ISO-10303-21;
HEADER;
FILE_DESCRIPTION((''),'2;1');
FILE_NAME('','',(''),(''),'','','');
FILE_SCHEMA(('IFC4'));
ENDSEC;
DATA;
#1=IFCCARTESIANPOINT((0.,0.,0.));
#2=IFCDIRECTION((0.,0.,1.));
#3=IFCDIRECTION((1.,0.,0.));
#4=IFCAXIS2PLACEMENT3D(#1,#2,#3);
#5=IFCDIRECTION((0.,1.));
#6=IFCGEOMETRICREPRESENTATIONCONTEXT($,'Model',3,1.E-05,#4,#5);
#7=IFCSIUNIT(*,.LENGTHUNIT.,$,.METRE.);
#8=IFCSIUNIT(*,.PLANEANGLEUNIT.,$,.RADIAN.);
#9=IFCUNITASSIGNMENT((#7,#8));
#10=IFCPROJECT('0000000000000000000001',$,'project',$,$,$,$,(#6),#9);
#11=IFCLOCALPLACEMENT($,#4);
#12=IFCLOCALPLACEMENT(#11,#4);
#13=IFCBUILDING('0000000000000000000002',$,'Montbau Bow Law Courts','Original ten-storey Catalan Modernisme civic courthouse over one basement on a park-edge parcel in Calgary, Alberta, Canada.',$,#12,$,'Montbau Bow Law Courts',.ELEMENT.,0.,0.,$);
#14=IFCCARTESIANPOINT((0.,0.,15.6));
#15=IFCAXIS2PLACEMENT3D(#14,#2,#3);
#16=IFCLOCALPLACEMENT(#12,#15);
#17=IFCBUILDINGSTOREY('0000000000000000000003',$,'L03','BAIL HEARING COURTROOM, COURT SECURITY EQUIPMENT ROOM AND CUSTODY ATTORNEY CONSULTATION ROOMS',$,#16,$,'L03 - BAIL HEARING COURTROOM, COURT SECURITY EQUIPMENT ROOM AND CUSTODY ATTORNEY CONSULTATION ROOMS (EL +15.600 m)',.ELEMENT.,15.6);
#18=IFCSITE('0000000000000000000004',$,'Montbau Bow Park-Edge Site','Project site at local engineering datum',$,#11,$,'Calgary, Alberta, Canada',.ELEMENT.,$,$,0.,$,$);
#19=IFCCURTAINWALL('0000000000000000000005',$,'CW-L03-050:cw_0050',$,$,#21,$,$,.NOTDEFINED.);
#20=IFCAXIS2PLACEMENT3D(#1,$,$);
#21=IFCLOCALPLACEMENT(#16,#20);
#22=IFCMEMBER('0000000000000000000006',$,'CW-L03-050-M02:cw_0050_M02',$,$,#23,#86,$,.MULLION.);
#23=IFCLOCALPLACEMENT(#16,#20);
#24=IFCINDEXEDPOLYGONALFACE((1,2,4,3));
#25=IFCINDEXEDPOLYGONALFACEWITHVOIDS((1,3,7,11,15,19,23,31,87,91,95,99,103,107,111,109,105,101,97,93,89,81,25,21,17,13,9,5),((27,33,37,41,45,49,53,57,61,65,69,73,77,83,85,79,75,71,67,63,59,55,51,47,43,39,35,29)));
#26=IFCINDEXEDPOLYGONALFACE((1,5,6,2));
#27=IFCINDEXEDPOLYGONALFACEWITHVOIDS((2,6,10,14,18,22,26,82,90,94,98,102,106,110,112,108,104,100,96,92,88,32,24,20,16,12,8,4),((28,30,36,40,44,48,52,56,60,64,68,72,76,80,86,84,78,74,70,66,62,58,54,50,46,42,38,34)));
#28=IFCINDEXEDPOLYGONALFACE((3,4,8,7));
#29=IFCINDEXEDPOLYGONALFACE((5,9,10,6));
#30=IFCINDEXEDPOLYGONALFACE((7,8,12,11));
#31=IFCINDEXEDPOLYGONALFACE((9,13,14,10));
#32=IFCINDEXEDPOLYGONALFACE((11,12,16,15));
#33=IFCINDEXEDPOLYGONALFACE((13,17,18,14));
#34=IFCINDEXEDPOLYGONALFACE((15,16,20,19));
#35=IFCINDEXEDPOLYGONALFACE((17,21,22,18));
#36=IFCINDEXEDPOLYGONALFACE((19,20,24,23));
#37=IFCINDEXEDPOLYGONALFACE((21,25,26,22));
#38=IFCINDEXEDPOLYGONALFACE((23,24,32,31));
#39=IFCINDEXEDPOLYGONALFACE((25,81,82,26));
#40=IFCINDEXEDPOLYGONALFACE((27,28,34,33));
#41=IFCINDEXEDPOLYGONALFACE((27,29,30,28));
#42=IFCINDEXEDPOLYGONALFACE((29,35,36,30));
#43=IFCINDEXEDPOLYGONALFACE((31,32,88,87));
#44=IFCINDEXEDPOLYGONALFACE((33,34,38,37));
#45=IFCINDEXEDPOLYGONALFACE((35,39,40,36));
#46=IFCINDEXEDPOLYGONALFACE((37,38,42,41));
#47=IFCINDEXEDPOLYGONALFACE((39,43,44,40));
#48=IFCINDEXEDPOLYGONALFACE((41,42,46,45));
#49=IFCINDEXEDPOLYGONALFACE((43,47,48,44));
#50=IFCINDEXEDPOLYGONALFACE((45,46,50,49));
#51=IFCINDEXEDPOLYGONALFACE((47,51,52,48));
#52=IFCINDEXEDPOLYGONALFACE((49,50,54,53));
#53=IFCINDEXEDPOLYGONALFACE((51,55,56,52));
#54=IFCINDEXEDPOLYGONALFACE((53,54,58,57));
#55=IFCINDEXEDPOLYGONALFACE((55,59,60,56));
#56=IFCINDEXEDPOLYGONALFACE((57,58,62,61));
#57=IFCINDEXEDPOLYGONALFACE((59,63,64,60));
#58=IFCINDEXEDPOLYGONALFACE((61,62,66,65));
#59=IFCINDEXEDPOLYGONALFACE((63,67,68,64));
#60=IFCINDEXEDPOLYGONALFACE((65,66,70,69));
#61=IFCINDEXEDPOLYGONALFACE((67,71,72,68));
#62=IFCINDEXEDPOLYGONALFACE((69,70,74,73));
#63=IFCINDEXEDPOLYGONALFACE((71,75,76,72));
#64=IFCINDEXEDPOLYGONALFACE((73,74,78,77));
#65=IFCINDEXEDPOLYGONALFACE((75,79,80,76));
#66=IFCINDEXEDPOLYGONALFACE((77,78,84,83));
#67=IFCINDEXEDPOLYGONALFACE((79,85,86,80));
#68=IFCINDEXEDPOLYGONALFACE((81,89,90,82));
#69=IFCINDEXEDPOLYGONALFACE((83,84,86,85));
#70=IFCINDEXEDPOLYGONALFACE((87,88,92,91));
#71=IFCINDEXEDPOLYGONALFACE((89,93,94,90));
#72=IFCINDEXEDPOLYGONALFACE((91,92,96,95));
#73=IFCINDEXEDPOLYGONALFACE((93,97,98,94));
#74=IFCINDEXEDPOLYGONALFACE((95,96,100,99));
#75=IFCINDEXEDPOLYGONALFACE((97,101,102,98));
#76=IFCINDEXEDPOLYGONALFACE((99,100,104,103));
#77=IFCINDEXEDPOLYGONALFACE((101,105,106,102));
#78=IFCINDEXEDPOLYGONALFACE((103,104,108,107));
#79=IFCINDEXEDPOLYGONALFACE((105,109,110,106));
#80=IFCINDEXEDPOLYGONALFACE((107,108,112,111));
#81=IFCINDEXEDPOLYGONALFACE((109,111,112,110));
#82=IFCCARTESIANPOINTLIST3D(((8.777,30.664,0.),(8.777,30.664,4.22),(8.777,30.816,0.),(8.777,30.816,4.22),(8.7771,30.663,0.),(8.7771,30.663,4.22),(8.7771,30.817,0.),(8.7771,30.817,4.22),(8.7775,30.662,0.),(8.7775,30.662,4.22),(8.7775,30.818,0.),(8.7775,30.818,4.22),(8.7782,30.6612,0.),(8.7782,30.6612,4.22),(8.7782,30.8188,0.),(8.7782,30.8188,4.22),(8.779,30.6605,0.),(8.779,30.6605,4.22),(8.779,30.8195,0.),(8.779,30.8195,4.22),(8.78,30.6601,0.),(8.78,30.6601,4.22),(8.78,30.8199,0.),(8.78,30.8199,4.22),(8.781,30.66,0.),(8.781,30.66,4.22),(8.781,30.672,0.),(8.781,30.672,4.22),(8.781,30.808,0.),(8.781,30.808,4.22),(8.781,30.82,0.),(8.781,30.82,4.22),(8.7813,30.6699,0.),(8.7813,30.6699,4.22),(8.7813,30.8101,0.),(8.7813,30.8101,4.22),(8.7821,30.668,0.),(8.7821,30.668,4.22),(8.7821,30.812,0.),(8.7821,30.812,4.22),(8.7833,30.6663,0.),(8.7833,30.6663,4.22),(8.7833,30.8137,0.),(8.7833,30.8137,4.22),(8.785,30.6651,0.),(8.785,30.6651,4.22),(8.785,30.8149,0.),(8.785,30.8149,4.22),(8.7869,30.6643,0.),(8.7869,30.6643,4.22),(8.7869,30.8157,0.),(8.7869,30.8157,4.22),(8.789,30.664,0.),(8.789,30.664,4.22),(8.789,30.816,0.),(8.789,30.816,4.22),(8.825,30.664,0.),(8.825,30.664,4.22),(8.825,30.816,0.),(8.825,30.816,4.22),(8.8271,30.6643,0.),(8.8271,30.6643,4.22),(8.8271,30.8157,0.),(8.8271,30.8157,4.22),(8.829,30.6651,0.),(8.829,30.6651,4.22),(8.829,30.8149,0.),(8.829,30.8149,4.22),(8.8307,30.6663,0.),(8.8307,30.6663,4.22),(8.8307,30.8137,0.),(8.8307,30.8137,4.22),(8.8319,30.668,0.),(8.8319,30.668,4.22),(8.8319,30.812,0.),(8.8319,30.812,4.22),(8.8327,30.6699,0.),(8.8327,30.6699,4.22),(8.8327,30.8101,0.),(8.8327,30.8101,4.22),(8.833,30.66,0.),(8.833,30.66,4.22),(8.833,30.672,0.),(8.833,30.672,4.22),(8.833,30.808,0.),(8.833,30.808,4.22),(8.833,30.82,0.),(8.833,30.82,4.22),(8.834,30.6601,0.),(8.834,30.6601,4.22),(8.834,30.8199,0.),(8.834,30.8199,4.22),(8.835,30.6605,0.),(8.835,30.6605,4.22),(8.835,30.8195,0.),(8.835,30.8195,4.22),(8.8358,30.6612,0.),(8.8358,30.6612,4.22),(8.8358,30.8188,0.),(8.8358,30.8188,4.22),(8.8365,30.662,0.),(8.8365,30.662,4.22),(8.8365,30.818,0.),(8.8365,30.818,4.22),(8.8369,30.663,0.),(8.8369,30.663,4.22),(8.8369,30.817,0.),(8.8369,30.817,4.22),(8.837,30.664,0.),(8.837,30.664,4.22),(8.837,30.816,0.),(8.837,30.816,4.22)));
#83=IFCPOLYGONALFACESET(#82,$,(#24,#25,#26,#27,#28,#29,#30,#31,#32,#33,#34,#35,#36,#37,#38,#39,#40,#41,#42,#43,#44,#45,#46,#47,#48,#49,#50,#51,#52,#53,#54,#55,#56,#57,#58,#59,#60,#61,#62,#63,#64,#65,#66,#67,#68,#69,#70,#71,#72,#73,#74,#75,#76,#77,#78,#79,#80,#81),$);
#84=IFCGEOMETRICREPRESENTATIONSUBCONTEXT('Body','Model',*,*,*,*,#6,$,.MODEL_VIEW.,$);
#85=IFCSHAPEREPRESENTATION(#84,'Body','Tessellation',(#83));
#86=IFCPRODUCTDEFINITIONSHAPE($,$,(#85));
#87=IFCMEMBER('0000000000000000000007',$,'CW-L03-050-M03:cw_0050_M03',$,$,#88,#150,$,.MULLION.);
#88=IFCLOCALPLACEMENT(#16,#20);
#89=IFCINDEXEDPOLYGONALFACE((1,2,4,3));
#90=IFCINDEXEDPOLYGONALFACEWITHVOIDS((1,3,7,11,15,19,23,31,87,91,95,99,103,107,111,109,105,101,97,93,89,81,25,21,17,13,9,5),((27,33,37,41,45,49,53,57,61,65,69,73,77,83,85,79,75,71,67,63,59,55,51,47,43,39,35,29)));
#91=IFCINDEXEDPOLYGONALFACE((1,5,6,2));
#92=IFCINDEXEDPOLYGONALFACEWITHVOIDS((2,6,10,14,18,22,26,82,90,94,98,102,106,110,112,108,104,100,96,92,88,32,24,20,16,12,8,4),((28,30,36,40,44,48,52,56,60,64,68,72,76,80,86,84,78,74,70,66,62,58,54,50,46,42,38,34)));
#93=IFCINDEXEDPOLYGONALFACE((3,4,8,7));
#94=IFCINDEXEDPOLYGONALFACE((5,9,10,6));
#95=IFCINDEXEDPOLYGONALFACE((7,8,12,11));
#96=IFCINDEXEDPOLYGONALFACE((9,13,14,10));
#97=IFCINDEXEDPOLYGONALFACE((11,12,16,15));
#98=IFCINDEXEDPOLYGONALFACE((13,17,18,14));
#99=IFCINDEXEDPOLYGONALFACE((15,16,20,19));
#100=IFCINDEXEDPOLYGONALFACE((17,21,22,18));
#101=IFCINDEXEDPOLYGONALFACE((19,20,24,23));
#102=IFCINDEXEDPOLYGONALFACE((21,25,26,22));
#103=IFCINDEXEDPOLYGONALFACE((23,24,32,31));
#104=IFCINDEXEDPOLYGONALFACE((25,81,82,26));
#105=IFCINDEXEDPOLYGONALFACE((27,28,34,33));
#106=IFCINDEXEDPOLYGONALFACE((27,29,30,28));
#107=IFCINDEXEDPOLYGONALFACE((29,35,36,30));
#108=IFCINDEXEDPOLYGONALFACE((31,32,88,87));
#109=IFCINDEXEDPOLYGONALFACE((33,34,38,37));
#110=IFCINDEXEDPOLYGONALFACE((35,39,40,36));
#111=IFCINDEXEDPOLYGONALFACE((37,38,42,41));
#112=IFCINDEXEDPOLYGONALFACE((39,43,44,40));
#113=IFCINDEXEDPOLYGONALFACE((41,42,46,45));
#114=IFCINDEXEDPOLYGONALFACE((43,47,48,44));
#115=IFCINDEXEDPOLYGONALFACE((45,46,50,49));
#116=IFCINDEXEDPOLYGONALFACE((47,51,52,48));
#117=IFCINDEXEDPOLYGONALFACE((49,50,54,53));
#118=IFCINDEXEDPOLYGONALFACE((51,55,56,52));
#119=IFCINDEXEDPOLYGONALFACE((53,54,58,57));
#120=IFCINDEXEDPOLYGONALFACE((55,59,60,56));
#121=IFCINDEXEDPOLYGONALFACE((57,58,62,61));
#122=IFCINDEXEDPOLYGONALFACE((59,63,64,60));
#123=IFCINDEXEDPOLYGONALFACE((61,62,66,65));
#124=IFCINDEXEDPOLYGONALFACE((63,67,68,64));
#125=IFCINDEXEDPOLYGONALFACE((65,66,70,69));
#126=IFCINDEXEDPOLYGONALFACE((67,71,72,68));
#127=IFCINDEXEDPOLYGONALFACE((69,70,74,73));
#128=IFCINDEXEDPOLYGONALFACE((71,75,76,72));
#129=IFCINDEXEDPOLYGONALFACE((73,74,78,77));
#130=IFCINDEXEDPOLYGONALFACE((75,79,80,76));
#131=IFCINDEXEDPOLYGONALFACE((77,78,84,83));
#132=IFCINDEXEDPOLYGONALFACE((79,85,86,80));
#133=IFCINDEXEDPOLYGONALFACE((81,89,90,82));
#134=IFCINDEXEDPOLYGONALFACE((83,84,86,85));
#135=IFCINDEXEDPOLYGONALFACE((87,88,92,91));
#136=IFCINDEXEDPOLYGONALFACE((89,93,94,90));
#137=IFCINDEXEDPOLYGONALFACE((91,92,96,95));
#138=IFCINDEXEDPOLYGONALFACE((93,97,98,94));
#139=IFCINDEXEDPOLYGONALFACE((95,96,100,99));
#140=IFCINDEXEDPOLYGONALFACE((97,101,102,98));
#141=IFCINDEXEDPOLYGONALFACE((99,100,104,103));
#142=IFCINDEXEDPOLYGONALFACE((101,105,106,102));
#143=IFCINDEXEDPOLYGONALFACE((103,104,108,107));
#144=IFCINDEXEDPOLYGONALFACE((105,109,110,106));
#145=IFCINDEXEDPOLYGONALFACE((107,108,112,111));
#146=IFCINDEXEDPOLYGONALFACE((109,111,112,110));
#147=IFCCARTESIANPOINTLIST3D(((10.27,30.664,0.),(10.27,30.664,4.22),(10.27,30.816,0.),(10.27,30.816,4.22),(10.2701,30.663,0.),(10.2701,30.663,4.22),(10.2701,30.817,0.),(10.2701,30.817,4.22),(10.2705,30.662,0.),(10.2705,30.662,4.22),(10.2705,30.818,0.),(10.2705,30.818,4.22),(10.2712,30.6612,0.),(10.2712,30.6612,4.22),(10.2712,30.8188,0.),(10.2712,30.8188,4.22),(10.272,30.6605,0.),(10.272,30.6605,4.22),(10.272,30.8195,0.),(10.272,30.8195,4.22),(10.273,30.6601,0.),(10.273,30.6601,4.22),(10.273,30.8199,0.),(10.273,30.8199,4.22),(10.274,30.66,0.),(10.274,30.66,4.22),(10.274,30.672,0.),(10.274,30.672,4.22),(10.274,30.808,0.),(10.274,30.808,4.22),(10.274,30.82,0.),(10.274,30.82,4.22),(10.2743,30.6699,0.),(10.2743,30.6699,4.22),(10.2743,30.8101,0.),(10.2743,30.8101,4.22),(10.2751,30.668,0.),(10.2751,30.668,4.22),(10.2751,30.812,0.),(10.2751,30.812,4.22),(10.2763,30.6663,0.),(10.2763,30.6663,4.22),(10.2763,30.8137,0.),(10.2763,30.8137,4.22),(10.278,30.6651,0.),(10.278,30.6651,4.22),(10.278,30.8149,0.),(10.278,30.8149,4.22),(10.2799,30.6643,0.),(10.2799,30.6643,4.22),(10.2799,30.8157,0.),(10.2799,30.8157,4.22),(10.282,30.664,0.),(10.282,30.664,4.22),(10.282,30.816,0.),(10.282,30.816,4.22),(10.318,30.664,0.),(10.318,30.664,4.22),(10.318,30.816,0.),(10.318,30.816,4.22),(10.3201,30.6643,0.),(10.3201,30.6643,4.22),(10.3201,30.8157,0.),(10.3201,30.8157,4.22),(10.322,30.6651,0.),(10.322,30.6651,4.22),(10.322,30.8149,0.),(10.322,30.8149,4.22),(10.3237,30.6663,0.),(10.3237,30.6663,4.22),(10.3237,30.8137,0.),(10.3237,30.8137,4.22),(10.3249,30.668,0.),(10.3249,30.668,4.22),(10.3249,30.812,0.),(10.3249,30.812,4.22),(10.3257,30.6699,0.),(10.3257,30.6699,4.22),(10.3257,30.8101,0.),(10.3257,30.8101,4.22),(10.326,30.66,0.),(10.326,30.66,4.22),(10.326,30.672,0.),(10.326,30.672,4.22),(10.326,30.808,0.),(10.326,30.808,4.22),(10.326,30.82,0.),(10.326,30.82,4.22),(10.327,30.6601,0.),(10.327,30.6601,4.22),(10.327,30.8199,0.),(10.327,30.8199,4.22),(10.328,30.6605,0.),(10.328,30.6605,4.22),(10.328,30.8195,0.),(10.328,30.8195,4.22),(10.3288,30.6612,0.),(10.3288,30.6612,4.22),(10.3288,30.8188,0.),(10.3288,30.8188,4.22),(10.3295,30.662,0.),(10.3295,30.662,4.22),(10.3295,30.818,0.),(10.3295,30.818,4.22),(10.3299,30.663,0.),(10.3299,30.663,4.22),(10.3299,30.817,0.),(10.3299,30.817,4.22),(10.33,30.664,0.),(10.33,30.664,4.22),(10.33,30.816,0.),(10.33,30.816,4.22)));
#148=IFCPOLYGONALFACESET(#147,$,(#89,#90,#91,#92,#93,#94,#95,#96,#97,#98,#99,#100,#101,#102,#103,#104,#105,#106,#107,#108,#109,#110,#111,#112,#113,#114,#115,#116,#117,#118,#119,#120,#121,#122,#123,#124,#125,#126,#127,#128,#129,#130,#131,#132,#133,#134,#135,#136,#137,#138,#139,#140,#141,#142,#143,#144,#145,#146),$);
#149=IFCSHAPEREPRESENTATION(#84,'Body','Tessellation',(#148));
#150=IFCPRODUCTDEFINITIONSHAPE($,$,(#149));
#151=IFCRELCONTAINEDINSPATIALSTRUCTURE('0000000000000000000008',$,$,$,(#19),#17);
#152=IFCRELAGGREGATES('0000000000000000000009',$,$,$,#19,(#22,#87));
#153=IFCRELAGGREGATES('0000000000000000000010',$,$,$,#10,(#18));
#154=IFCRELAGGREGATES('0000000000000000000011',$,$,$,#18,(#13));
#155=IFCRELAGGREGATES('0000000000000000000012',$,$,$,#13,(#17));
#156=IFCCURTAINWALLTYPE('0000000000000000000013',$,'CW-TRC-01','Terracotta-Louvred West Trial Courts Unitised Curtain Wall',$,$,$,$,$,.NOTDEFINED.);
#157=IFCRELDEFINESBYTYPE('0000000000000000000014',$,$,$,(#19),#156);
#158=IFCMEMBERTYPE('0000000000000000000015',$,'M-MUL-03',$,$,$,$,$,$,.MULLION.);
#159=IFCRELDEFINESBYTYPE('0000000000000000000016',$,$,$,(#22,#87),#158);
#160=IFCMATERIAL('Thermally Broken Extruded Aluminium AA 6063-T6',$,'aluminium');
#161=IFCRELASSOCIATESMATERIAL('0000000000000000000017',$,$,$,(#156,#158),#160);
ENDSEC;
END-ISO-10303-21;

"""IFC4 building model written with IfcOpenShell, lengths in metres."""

from ifc_helpers import new_model, si_unit, direction, frame, origin_with_axes, origin_2d_with_axis, place, context, subcontext, project, spatial, hollow_rectangle, extrude, material, material_profile, profile_set, type_object, element, aggregate, save


model = new_model("IFC4")

# Units and contexts
model_context = context("Model", 3, precision=1e-05, world=origin_with_axes(), true_north=direction((0.0, 1.0)))
body_context = subcontext(model_context, "Body", "Model", "MODEL_VIEW")
ifc_project = project(units=[si_unit("LENGTHUNIT", "METRE"), si_unit("PLANEANGLEUNIT", "RADIAN")], contexts=[model_context])

# Site, building, storey
site_placement = place(None, origin_with_axes())
site = spatial("IfcSite", under=ifc_project, at=site_placement, Name="Montbau Bow Park-Edge Site", Description="Project site at local engineering datum", LongName="Calgary, Alberta, Canada", CompositionType="ELEMENT", RefElevation=0.0)
building_placement = place(site_placement, origin_with_axes())
building = spatial("IfcBuilding", under=site, at=building_placement, Name="Montbau Bow Law Courts", Description="Original ten-storey Catalan Modernisme civic courthouse over one basement on a park-edge parcel in Calgary, Alberta, Canada.", LongName="Montbau Bow Law Courts", CompositionType="ELEMENT", ElevationOfRefHeight=0.0, ElevationOfTerrain=0.0)
storey_placement = place(building_placement, frame((0.0, 0.0, 15.6), z_axis=(0.0, 0.0, 1.0), x_axis=(1.0, 0.0, 0.0)))
storey = spatial("IfcBuildingStorey", under=building, at=storey_placement, Name="L03", Description="BAIL HEARING COURTROOM, COURT SECURITY EQUIPMENT ROOM AND CUSTODY ATTORNEY CONSULTATION ROOMS", LongName="L03 - BAIL HEARING COURTROOM, COURT SECURITY EQUIPMENT ROOM AND CUSTODY ATTORNEY CONSULTATION ROOMS (EL +15.600 m)", CompositionType="ELEMENT", Elevation=15.6)

# Curtain wall, members
ifc_material_1 = material(Name="Thermally Broken Extruded Aluminium AA 6063-T6", Category="aluminium")
curtain_wall_type = type_object("IfcCurtainWallType", Name="CW-TRC-01", Description="Terracotta-Louvred West Trial Courts Unitised Curtain Wall", PredefinedType="NOTDEFINED", material=ifc_material_1)
curtain_wall_placement = place(None, frame((7.315, 30.74, 15.6), z_axis=(0.0, 0.0, 1.0), x_axis=(1.0, 0.0, 0.0)))
curtain_wall = element("IfcCurtainWall", 1, at=curtain_wall_placement, inside=storey, type_object=curtain_wall_type, Name="CW-L03-050:cw_0050", PredefinedType="NOTDEFINED")
ifc_material_profile_1 = material_profile(ifc_material_1, hollow_rectangle(XDim=0.06, YDim=0.16, WallThickness=0.004, InnerFilletRadius=0.008, OuterFilletRadius=0.004, at=origin_2d_with_axis()), Name="CWM-160X60", Category="Main", Priority=0)
ifc_profile_set_1 = profile_set([ifc_material_profile_1], Name="Thermally Broken Extruded Aluminium AA 6063-T6")
member_type_1 = type_object("IfcMemberType", Name="M-MUL-03", PredefinedType="MULLION", material=ifc_profile_set_1)
member_1_placement = place(None, frame((8.807, 30.74, 15.6), z_axis=(0.0, 0.0, 1.0), x_axis=(1.0, 0.0, 0.0)))
member_1 = element("IfcMember", 2, at=member_1_placement, type_object=member_type_1, Name="CW-L03-050-M02:cw_0050_M02", PredefinedType="MULLION", context=body_context, shape_type="SweptSolid", body=[
    extrude(hollow_rectangle(XDim=0.06, YDim=0.16, WallThickness=0.004, InnerFilletRadius=0.008, OuterFilletRadius=0.004, at=origin_2d_with_axis()), origin_with_axes(), (0.0, 0.0, 1.0), 4.22),
])
member_2_placement = place(None, frame((10.3, 30.74, 15.6), z_axis=(0.0, 0.0, 1.0), x_axis=(1.0, 0.0, 0.0)))
member_2 = element("IfcMember", 3, at=member_2_placement, type_object=member_type_1, Name="CW-L03-050-M03:cw_0050_M03", PredefinedType="MULLION", context=body_context, shape_type="SweptSolid", body=[
    extrude(hollow_rectangle(XDim=0.06, YDim=0.16, WallThickness=0.004, InnerFilletRadius=0.008, OuterFilletRadius=0.004, at=origin_2d_with_axis()), origin_with_axes(), (0.0, 0.0, 1.0), 4.22),
])
aggregate(curtain_wall, [member_1, member_2])

save(model, "model.ifc")
